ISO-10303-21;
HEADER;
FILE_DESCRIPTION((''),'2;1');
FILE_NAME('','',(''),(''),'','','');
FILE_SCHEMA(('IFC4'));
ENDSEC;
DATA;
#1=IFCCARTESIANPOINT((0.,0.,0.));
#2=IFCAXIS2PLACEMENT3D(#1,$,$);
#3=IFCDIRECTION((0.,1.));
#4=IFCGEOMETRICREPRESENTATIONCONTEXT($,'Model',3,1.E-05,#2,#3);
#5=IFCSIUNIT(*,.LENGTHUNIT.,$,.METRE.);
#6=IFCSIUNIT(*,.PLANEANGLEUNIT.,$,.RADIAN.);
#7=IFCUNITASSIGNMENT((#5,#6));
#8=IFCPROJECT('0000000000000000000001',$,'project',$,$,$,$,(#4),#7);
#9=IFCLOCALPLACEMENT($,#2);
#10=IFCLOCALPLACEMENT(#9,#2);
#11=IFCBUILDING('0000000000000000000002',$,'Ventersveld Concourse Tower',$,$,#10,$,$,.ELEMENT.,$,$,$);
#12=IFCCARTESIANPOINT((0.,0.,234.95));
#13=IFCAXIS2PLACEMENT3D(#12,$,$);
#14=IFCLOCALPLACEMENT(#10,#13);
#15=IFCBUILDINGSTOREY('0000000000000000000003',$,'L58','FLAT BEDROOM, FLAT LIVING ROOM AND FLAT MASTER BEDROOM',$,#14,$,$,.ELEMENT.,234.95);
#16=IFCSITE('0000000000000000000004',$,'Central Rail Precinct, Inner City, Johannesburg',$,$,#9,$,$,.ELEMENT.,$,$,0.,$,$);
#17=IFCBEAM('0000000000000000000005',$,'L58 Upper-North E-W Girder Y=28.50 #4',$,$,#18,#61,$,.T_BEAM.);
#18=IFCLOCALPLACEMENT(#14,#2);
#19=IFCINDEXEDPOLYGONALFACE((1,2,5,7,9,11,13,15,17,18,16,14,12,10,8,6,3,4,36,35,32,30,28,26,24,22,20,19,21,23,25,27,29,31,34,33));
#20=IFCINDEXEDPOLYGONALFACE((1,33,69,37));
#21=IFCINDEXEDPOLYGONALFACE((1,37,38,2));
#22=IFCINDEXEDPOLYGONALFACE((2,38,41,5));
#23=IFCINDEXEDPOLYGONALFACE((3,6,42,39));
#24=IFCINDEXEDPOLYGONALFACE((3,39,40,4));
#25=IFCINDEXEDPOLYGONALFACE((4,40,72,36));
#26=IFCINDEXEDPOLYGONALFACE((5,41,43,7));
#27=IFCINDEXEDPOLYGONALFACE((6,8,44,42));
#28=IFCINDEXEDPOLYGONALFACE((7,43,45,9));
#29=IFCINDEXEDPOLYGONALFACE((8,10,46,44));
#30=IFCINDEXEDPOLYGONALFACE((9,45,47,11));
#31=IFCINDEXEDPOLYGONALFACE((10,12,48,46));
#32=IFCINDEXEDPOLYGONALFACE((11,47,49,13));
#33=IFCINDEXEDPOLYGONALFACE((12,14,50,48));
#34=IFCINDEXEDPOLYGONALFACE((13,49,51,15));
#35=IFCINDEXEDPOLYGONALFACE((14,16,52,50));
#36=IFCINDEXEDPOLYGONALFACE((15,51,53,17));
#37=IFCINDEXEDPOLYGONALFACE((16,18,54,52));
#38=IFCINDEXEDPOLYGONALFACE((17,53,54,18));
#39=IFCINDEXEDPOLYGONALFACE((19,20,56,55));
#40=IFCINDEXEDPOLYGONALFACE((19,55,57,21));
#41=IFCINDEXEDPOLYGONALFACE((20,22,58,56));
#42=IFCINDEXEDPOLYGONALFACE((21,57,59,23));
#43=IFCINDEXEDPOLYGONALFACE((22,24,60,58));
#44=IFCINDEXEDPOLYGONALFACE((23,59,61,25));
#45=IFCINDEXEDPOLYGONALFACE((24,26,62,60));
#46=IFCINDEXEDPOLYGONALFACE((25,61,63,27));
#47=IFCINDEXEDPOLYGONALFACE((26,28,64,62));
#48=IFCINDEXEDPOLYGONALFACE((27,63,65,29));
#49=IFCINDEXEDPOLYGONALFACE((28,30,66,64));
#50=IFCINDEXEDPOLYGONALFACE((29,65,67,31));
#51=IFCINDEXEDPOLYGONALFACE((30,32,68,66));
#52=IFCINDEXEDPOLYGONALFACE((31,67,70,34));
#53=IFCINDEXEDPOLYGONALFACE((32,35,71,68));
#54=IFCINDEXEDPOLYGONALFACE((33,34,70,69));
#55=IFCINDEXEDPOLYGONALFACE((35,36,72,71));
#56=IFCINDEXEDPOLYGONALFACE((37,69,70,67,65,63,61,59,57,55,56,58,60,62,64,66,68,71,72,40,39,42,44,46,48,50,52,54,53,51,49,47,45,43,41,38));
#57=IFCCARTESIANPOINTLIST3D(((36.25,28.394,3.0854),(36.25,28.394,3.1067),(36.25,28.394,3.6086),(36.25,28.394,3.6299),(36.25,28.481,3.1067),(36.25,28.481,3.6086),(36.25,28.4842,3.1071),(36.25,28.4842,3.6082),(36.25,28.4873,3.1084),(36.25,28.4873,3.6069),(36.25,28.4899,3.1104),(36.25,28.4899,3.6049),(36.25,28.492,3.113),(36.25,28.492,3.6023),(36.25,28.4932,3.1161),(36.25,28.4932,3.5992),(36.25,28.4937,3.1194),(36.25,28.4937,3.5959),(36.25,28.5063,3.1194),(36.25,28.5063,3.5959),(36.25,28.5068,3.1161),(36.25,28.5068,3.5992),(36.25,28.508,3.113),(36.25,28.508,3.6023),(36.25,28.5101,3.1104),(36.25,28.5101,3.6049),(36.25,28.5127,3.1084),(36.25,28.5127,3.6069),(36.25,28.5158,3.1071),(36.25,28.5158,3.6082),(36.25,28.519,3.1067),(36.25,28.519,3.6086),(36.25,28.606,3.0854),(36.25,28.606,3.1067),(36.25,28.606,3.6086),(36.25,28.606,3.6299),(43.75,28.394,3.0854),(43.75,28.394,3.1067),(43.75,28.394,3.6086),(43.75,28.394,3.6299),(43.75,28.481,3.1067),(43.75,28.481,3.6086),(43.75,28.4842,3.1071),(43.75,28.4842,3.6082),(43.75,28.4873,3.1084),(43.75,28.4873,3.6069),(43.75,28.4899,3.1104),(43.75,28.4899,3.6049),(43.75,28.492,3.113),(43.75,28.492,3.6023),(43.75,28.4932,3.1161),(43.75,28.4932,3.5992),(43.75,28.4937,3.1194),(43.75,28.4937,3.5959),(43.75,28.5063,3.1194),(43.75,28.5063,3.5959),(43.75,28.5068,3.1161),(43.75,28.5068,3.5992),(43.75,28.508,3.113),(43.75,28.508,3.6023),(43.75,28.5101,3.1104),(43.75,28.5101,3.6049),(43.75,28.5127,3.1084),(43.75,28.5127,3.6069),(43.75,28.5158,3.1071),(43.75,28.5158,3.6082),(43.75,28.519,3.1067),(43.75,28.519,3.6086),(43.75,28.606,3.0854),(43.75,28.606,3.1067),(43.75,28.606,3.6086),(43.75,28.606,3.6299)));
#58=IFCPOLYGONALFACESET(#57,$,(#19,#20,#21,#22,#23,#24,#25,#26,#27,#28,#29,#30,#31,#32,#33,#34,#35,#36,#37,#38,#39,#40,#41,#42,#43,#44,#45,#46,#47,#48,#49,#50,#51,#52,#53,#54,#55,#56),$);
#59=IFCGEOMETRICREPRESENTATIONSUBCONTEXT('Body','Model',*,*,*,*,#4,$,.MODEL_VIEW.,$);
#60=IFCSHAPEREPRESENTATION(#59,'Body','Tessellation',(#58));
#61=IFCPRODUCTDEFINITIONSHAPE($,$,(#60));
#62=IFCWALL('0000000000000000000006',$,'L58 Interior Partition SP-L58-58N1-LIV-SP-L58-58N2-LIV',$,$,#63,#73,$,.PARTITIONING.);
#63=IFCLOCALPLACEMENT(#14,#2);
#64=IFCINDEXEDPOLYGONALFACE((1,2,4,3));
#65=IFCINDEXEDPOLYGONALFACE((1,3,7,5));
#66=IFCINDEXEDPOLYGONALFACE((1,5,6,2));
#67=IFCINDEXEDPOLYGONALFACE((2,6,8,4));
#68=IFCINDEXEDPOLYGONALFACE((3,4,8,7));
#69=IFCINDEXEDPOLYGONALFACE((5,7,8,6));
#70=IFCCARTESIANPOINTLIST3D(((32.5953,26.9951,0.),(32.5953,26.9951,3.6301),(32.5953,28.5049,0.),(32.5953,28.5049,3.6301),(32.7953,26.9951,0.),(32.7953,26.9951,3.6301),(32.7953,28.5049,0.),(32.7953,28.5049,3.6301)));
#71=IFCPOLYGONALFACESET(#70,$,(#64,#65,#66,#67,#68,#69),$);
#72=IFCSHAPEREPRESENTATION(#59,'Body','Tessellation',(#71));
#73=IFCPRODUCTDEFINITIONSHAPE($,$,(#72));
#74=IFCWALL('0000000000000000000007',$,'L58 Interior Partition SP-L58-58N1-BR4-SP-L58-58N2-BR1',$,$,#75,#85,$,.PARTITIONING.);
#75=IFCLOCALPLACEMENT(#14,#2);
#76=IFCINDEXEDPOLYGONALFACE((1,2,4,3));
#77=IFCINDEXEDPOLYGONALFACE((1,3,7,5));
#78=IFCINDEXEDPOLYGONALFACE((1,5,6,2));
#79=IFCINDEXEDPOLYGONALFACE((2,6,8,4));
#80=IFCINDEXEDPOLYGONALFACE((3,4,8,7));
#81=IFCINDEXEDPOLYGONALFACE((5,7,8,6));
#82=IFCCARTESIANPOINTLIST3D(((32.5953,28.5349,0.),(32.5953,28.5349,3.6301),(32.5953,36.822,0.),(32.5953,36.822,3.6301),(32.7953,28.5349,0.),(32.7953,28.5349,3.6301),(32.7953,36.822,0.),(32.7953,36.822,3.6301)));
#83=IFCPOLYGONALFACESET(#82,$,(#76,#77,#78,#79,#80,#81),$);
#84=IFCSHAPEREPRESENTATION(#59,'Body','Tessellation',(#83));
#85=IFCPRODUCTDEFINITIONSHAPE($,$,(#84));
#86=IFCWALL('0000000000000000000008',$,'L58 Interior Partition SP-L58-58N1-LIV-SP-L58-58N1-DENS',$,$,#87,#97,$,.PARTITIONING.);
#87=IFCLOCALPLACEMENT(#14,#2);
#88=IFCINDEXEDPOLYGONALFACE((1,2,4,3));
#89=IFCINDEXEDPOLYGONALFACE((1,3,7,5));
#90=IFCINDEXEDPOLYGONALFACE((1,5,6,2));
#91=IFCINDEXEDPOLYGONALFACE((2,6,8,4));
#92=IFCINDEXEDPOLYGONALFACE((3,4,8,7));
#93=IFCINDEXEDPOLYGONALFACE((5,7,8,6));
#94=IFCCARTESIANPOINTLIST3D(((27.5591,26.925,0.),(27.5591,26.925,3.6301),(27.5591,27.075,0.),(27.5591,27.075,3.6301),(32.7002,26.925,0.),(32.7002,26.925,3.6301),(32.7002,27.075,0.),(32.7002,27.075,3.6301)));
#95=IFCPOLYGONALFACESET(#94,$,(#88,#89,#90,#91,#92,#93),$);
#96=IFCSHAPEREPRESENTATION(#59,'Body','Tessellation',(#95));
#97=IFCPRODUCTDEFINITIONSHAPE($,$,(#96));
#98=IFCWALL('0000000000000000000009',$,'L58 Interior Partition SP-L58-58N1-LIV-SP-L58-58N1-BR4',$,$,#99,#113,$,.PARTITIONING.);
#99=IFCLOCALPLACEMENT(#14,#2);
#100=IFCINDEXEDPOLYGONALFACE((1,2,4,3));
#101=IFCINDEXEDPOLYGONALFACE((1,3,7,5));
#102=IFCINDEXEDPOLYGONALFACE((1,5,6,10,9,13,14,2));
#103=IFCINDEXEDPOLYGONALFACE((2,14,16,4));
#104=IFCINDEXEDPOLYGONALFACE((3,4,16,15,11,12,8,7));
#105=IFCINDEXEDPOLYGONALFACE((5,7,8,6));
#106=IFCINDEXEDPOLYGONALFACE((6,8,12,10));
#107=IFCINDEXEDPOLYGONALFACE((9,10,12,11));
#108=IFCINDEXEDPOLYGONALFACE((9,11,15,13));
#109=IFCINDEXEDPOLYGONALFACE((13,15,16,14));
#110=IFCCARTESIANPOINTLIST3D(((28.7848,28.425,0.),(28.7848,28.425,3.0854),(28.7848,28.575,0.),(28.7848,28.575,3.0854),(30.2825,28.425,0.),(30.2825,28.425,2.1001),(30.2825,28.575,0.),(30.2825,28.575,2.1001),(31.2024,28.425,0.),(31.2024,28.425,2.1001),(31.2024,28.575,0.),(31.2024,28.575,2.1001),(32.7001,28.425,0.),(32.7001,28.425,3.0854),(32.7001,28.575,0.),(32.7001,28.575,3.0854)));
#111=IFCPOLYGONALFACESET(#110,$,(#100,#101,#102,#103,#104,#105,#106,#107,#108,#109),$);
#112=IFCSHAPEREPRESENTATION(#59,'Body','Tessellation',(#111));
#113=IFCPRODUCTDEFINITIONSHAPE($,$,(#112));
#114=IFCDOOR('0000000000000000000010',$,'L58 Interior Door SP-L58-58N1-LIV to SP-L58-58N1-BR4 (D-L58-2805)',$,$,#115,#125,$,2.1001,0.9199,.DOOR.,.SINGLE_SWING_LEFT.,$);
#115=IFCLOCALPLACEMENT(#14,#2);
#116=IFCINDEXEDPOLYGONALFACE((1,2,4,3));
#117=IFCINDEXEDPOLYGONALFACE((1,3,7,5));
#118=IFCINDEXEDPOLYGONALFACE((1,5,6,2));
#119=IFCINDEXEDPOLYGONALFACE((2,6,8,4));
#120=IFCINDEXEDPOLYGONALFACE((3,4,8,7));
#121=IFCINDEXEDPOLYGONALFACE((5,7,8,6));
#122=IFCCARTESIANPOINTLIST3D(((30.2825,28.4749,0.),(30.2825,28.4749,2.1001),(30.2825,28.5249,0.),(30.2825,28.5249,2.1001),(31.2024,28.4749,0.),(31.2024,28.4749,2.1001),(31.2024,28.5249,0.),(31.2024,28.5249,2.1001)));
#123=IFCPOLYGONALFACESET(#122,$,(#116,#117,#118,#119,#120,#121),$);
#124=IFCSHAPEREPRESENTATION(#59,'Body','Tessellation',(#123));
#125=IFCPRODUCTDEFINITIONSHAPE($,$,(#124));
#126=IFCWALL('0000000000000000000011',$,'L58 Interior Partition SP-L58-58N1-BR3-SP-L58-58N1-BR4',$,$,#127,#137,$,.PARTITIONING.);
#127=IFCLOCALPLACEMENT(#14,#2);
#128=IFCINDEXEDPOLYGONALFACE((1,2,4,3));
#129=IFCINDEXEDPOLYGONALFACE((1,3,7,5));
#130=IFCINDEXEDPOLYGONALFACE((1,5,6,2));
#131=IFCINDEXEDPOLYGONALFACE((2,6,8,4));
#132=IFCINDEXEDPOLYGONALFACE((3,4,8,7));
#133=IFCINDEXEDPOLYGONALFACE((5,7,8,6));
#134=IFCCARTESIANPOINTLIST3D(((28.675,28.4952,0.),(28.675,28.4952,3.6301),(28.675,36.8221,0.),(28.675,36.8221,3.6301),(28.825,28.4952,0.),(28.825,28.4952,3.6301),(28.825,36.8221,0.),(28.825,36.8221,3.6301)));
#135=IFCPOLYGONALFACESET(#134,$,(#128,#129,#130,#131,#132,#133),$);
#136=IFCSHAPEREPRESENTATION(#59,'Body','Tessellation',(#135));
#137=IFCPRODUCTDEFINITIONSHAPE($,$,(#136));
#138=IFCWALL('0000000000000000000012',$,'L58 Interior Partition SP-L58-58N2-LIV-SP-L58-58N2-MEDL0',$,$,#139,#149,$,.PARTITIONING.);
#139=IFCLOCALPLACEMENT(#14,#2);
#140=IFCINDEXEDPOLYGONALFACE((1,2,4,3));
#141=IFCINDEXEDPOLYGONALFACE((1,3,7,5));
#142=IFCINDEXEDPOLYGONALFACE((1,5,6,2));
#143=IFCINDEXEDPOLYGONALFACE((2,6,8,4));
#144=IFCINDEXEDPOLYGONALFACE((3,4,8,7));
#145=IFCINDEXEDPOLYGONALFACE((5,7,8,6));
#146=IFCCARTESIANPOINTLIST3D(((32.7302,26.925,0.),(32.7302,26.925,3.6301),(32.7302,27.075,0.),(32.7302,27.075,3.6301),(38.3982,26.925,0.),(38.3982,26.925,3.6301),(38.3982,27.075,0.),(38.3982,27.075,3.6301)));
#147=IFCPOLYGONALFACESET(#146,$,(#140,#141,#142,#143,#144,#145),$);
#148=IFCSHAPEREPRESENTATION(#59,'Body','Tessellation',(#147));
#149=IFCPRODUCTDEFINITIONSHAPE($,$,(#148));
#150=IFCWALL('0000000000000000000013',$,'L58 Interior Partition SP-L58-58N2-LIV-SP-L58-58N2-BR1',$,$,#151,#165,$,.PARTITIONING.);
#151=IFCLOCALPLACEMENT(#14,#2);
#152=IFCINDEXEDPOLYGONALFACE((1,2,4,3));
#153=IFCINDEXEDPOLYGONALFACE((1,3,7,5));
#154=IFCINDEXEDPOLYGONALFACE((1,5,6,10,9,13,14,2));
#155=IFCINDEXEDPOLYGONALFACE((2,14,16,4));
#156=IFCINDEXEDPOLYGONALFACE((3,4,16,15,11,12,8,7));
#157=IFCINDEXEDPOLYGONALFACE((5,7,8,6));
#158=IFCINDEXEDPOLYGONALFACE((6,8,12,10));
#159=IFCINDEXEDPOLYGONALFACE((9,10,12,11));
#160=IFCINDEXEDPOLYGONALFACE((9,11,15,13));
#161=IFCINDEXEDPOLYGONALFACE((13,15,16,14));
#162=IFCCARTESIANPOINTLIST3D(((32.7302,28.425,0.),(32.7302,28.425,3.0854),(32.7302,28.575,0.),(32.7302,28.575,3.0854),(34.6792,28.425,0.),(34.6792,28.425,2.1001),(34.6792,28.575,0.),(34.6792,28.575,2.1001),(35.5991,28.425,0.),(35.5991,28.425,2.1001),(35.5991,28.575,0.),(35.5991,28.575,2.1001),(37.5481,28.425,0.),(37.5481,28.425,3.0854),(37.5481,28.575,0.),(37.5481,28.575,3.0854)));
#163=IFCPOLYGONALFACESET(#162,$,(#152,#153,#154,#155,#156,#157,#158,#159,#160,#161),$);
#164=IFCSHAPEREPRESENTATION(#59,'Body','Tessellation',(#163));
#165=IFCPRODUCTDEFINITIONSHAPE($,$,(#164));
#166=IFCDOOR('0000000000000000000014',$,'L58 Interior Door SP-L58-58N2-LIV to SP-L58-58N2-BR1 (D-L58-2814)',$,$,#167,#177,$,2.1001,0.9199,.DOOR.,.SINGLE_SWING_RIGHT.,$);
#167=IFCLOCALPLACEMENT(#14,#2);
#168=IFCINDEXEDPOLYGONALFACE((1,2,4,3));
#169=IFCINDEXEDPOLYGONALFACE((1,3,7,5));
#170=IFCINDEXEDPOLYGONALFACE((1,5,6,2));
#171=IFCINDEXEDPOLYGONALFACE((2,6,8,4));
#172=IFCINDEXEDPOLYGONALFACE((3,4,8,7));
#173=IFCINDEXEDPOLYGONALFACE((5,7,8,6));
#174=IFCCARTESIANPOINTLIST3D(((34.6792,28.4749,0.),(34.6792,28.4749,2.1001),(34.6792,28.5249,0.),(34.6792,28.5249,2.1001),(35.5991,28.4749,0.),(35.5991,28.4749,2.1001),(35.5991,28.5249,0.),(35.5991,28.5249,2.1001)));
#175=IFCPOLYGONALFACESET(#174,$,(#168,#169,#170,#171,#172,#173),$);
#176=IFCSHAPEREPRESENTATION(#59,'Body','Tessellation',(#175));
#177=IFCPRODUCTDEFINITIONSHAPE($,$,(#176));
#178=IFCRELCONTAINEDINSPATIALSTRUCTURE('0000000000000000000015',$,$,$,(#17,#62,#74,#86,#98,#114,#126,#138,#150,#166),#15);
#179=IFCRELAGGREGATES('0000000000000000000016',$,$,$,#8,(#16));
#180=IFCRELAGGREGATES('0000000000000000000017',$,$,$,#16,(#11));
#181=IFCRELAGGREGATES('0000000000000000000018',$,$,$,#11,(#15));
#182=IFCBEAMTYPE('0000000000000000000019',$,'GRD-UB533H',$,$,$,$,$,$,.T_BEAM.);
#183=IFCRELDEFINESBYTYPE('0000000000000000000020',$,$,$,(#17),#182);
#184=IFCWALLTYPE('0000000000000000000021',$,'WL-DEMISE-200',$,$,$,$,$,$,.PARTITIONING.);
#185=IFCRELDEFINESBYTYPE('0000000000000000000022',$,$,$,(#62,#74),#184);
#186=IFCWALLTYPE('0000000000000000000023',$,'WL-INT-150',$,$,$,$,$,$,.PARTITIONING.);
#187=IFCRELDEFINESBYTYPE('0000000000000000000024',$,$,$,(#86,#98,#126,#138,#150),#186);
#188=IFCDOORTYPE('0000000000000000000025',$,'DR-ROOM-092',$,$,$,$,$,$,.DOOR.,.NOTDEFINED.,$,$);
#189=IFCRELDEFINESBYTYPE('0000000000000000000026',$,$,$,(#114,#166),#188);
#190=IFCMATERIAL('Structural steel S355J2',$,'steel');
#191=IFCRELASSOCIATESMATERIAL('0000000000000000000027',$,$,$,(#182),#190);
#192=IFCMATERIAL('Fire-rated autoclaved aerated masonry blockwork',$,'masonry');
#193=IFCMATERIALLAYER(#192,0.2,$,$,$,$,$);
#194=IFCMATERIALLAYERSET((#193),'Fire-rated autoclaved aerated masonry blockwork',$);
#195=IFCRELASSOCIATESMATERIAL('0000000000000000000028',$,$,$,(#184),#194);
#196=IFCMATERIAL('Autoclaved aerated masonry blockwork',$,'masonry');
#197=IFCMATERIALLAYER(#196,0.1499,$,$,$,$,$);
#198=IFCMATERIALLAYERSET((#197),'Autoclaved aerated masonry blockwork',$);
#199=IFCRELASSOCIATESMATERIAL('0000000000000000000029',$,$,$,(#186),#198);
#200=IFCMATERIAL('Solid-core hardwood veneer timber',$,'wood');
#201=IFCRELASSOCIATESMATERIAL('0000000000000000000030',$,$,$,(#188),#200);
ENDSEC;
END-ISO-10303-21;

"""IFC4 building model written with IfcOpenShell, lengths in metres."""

from ifc_helpers import new_model, si_unit, direction, frame, frame_2d, origin, origin_2d, place, context, subcontext, project, spatial, rectangle, i_section, extrude, material, layer, layer_set, material_profile, profile_set, type_object, element, fill, save


model = new_model("IFC4")

# Units and contexts
model_context = context("Model", 3, precision=1e-05, world=origin(), true_north=direction((0.0, 1.0)))
body_context = subcontext(model_context, "Body", "Model", "MODEL_VIEW")
ifc_project = project(units=[si_unit("LENGTHUNIT", "METRE"), si_unit("PLANEANGLEUNIT", "RADIAN")], contexts=[model_context])

# Site, building, storey
site_placement = place(None, origin())
site = spatial("IfcSite", under=ifc_project, at=site_placement, Name="Central Rail Precinct, Inner City, Johannesburg", CompositionType="ELEMENT", RefElevation=0.0)
building_placement = place(site_placement, origin())
building = spatial("IfcBuilding", under=site, at=building_placement, Name="Ventersveld Concourse Tower", CompositionType="ELEMENT")
storey_placement = place(building_placement, frame((0.0, 0.0, 234.95)))
storey = spatial("IfcBuildingStorey", under=building, at=storey_placement, Name="L58", Description="FLAT BEDROOM, FLAT LIVING ROOM AND FLAT MASTER BEDROOM", CompositionType="ELEMENT", Elevation=234.95)

# Beam
ifc_material_1 = material(Name="Structural steel S355J2", Category="steel")
ifc_material_profile_1 = material_profile(ifc_material_1, i_section(OverallWidth=0.2119, OverallDepth=0.5444, WebThickness=0.0127, FlangeThickness=0.0212, FilletRadius=0.0127, at=origin_2d()), Name="UB 533x210x122")
ifc_profile_set_1 = profile_set([ifc_material_profile_1], Name="Structural steel S355J2")
beam_type_1 = type_object("IfcBeamType", Name="GRD-UB533H", PredefinedType="T_BEAM", material=ifc_profile_set_1)
for number, where, z_axis, x_axis, name in (
    (1, (36.25, 28.5, 3.3577), (1.0, 0.0, 0.0), (0.0, 1.0, 0.0), "L58 Upper-North E-W Girder Y=28.50 #4"),
):
    element("IfcBeam", number, at=place(storey_placement, frame(where, z_axis=z_axis, x_axis=x_axis)), inside=storey, type_object=beam_type_1, Name=name, PredefinedType="T_BEAM", context=body_context, shape_type="SweptSolid", body=[
        extrude(i_section(OverallWidth=0.2119, OverallDepth=0.5444, WebThickness=0.0127, FlangeThickness=0.0212, FilletRadius=0.0127, at=origin_2d()), origin(), (0.0, 0.0, 1.0), 7.5),
    ])

# Walls
ifc_material_2 = material(Name="Fire-rated autoclaved aerated masonry blockwork", Category="masonry")
ifc_layer_1 = layer(ifc_material_2, 0.2)
ifc_layer_set_1 = layer_set([ifc_layer_1], Name="Fire-rated autoclaved aerated masonry blockwork")
wall_type_1 = type_object("IfcWallType", Name="WL-DEMISE-200", PredefinedType="PARTITIONING", material=ifc_layer_set_1)
wall_1_placement = place(storey_placement, frame((32.6953, 26.9951, 0.0), z_axis=(0.0, 0.0, 1.0), x_axis=(0.0, 1.0, 0.0)))
element("IfcWall", 2, at=wall_1_placement, inside=storey, type_object=wall_type_1, Name="L58 Interior Partition SP-L58-58N1-LIV-SP-L58-58N2-LIV", PredefinedType="PARTITIONING", context=body_context, shape_type="SweptSolid", body=[
    extrude(rectangle(XDim=1.5098, YDim=0.2, at=frame_2d((0.7549, 0.0))), origin(), (0.0, 0.0, 1.0), 3.6301),
])
wall_2_placement = place(storey_placement, frame((32.6953, 28.5349, 0.0), z_axis=(0.0, 0.0, 1.0), x_axis=(0.0, 1.0, 0.0)))
element("IfcWall", 3, at=wall_2_placement, inside=storey, type_object=wall_type_1, Name="L58 Interior Partition SP-L58-58N1-BR4-SP-L58-58N2-BR1", PredefinedType="PARTITIONING", context=body_context, shape_type="SweptSolid", body=[
    extrude(rectangle(XDim=8.2871, YDim=0.2, at=frame_2d((4.1436, 0.0))), origin(), (0.0, 0.0, 1.0), 3.6301),
])
ifc_material_3 = material(Name="Autoclaved aerated masonry blockwork", Category="masonry")
ifc_layer_2 = layer(ifc_material_3, 0.1499)
ifc_layer_set_2 = layer_set([ifc_layer_2], Name="Autoclaved aerated masonry blockwork")
wall_type_2 = type_object("IfcWallType", Name="WL-INT-150", PredefinedType="PARTITIONING", material=ifc_layer_set_2)
wall_3_placement = place(storey_placement, frame((27.5591, 27.0, 0.0), z_axis=(0.0, 0.0, 1.0), x_axis=(1.0, 0.0, 0.0)))
element("IfcWall", 4, at=wall_3_placement, inside=storey, type_object=wall_type_2, Name="L58 Interior Partition SP-L58-58N1-LIV-SP-L58-58N1-DENS", PredefinedType="PARTITIONING", context=body_context, shape_type="SweptSolid", body=[
    extrude(rectangle(XDim=5.1411, YDim=0.1499, at=frame_2d((2.5706, 0.0))), origin(), (0.0, 0.0, 1.0), 3.6301),
])

# Wall, opening, door
wall_4_placement = place(storey_placement, frame((28.7849, 28.5, 0.0), z_axis=(0.0, 0.0, 1.0), x_axis=(1.0, 0.0, 0.0)))
wall_4 = element("IfcWall", 5, at=wall_4_placement, inside=storey, type_object=wall_type_2, Name="L58 Interior Partition SP-L58-58N1-LIV-SP-L58-58N1-BR4", PredefinedType="PARTITIONING", context=body_context, shape_type="SweptSolid", body=[
    extrude(rectangle(XDim=3.9153, YDim=0.1499, at=frame_2d((1.9575, 0.0))), origin(), (0.0, 0.0, 1.0), 3.0854),
])
opening_1_placement = place(wall_4_placement, frame((1.4976, 0.0, 0.0)))
opening_1 = element("IfcOpeningElement", 6, at=opening_1_placement, cuts=wall_4, PredefinedType="OPENING", context=body_context, shape_type="SweptSolid", body=[
    extrude(rectangle(XDim=0.9199, YDim=2.1001, at=frame_2d((0.46, 1.05))), frame((0.0, 0.085, 0.0), z_axis=(0.0, -1.0, 0.0), x_axis=(1.0, 0.0, 0.0)), (0.0, 0.0, 1.0), 0.1699),
])
ifc_material_4 = material(Name="Solid-core hardwood veneer timber", Category="wood")
door_type = type_object("IfcDoorType", Name="DR-ROOM-092", OperationType="NOTDEFINED", PredefinedType="DOOR", material=ifc_material_4)
door_1_placement = place(opening_1_placement, origin())
door_1 = element("IfcDoor", 7, at=door_1_placement, inside=storey, type_object=door_type, Name="L58 Interior Door SP-L58-58N1-LIV to SP-L58-58N1-BR4 (D-L58-2805)", OperationType="SINGLE_SWING_LEFT", OverallHeight=2.1001, OverallWidth=0.9199, PredefinedType="DOOR", context=body_context, shape_type="SweptSolid", body=[
    extrude(rectangle(XDim=0.9199, YDim=2.1001, at=frame_2d((0.46, 1.05))), frame((0.0, 0.0249, 0.0), z_axis=(0.0, -1.0, 0.0), x_axis=(1.0, 0.0, 0.0)), (0.0, 0.0, 1.0), 0.05),
])
fill(opening_1, door_1)

# Walls
wall_5_placement = place(storey_placement, frame((28.75, 28.4951, 0.0), z_axis=(0.0, 0.0, 1.0), x_axis=(0.0, 1.0, 0.0)))
element("IfcWall", 8, at=wall_5_placement, inside=storey, type_object=wall_type_2, Name="L58 Interior Partition SP-L58-58N1-BR3-SP-L58-58N1-BR4", PredefinedType="PARTITIONING", context=body_context, shape_type="SweptSolid", body=[
    extrude(rectangle(XDim=8.3269, YDim=0.1499, at=frame_2d((4.1636, 0.0))), origin(), (0.0, 0.0, 1.0), 3.6301),
])
wall_6_placement = place(storey_placement, frame((32.7302, 27.0, 0.0), z_axis=(0.0, 0.0, 1.0), x_axis=(1.0, 0.0, 0.0)))
element("IfcWall", 9, at=wall_6_placement, inside=storey, type_object=wall_type_2, Name="L58 Interior Partition SP-L58-58N2-LIV-SP-L58-58N2-MEDL0", PredefinedType="PARTITIONING", context=body_context, shape_type="SweptSolid", body=[
    extrude(rectangle(XDim=5.668, YDim=0.1499, at=frame_2d((2.834, 0.0))), origin(), (0.0, 0.0, 1.0), 3.6301),
])

# Wall, opening, door
wall_7_placement = place(storey_placement, frame((32.7302, 28.5, 0.0), z_axis=(0.0, 0.0, 1.0), x_axis=(1.0, 0.0, 0.0)))
wall_7 = element("IfcWall", 10, at=wall_7_placement, inside=storey, type_object=wall_type_2, Name="L58 Interior Partition SP-L58-58N2-LIV-SP-L58-58N2-BR1", PredefinedType="PARTITIONING", context=body_context, shape_type="SweptSolid", body=[
    extrude(rectangle(XDim=4.8179, YDim=0.1499, at=frame_2d((2.4089, 0.0))), origin(), (0.0, 0.0, 1.0), 3.0854),
])
opening_2_placement = place(wall_7_placement, frame((1.949, 0.0, 0.0)))
opening_2 = element("IfcOpeningElement", 11, at=opening_2_placement, cuts=wall_7, PredefinedType="OPENING", context=body_context, shape_type="SweptSolid", body=[
    extrude(rectangle(XDim=0.9199, YDim=2.1001, at=frame_2d((0.46, 1.05))), frame((0.0, 0.085, 0.0), z_axis=(0.0, -1.0, 0.0), x_axis=(1.0, 0.0, 0.0)), (0.0, 0.0, 1.0), 0.1699),
])
door_2_placement = place(opening_2_placement, origin())
door_2 = element("IfcDoor", 12, at=door_2_placement, inside=storey, type_object=door_type, Name="L58 Interior Door SP-L58-58N2-LIV to SP-L58-58N2-BR1 (D-L58-2814)", OperationType="SINGLE_SWING_RIGHT", OverallHeight=2.1001, OverallWidth=0.9199, PredefinedType="DOOR", context=body_context, shape_type="SweptSolid", body=[
    extrude(rectangle(XDim=0.9199, YDim=2.1001, at=frame_2d((0.46, 1.05))), frame((0.0, 0.0249, 0.0), z_axis=(0.0, -1.0, 0.0), x_axis=(1.0, 0.0, 0.0)), (0.0, 0.0, 1.0), 0.05),
])
fill(opening_2, door_2)

save(model, "model.ifc")
